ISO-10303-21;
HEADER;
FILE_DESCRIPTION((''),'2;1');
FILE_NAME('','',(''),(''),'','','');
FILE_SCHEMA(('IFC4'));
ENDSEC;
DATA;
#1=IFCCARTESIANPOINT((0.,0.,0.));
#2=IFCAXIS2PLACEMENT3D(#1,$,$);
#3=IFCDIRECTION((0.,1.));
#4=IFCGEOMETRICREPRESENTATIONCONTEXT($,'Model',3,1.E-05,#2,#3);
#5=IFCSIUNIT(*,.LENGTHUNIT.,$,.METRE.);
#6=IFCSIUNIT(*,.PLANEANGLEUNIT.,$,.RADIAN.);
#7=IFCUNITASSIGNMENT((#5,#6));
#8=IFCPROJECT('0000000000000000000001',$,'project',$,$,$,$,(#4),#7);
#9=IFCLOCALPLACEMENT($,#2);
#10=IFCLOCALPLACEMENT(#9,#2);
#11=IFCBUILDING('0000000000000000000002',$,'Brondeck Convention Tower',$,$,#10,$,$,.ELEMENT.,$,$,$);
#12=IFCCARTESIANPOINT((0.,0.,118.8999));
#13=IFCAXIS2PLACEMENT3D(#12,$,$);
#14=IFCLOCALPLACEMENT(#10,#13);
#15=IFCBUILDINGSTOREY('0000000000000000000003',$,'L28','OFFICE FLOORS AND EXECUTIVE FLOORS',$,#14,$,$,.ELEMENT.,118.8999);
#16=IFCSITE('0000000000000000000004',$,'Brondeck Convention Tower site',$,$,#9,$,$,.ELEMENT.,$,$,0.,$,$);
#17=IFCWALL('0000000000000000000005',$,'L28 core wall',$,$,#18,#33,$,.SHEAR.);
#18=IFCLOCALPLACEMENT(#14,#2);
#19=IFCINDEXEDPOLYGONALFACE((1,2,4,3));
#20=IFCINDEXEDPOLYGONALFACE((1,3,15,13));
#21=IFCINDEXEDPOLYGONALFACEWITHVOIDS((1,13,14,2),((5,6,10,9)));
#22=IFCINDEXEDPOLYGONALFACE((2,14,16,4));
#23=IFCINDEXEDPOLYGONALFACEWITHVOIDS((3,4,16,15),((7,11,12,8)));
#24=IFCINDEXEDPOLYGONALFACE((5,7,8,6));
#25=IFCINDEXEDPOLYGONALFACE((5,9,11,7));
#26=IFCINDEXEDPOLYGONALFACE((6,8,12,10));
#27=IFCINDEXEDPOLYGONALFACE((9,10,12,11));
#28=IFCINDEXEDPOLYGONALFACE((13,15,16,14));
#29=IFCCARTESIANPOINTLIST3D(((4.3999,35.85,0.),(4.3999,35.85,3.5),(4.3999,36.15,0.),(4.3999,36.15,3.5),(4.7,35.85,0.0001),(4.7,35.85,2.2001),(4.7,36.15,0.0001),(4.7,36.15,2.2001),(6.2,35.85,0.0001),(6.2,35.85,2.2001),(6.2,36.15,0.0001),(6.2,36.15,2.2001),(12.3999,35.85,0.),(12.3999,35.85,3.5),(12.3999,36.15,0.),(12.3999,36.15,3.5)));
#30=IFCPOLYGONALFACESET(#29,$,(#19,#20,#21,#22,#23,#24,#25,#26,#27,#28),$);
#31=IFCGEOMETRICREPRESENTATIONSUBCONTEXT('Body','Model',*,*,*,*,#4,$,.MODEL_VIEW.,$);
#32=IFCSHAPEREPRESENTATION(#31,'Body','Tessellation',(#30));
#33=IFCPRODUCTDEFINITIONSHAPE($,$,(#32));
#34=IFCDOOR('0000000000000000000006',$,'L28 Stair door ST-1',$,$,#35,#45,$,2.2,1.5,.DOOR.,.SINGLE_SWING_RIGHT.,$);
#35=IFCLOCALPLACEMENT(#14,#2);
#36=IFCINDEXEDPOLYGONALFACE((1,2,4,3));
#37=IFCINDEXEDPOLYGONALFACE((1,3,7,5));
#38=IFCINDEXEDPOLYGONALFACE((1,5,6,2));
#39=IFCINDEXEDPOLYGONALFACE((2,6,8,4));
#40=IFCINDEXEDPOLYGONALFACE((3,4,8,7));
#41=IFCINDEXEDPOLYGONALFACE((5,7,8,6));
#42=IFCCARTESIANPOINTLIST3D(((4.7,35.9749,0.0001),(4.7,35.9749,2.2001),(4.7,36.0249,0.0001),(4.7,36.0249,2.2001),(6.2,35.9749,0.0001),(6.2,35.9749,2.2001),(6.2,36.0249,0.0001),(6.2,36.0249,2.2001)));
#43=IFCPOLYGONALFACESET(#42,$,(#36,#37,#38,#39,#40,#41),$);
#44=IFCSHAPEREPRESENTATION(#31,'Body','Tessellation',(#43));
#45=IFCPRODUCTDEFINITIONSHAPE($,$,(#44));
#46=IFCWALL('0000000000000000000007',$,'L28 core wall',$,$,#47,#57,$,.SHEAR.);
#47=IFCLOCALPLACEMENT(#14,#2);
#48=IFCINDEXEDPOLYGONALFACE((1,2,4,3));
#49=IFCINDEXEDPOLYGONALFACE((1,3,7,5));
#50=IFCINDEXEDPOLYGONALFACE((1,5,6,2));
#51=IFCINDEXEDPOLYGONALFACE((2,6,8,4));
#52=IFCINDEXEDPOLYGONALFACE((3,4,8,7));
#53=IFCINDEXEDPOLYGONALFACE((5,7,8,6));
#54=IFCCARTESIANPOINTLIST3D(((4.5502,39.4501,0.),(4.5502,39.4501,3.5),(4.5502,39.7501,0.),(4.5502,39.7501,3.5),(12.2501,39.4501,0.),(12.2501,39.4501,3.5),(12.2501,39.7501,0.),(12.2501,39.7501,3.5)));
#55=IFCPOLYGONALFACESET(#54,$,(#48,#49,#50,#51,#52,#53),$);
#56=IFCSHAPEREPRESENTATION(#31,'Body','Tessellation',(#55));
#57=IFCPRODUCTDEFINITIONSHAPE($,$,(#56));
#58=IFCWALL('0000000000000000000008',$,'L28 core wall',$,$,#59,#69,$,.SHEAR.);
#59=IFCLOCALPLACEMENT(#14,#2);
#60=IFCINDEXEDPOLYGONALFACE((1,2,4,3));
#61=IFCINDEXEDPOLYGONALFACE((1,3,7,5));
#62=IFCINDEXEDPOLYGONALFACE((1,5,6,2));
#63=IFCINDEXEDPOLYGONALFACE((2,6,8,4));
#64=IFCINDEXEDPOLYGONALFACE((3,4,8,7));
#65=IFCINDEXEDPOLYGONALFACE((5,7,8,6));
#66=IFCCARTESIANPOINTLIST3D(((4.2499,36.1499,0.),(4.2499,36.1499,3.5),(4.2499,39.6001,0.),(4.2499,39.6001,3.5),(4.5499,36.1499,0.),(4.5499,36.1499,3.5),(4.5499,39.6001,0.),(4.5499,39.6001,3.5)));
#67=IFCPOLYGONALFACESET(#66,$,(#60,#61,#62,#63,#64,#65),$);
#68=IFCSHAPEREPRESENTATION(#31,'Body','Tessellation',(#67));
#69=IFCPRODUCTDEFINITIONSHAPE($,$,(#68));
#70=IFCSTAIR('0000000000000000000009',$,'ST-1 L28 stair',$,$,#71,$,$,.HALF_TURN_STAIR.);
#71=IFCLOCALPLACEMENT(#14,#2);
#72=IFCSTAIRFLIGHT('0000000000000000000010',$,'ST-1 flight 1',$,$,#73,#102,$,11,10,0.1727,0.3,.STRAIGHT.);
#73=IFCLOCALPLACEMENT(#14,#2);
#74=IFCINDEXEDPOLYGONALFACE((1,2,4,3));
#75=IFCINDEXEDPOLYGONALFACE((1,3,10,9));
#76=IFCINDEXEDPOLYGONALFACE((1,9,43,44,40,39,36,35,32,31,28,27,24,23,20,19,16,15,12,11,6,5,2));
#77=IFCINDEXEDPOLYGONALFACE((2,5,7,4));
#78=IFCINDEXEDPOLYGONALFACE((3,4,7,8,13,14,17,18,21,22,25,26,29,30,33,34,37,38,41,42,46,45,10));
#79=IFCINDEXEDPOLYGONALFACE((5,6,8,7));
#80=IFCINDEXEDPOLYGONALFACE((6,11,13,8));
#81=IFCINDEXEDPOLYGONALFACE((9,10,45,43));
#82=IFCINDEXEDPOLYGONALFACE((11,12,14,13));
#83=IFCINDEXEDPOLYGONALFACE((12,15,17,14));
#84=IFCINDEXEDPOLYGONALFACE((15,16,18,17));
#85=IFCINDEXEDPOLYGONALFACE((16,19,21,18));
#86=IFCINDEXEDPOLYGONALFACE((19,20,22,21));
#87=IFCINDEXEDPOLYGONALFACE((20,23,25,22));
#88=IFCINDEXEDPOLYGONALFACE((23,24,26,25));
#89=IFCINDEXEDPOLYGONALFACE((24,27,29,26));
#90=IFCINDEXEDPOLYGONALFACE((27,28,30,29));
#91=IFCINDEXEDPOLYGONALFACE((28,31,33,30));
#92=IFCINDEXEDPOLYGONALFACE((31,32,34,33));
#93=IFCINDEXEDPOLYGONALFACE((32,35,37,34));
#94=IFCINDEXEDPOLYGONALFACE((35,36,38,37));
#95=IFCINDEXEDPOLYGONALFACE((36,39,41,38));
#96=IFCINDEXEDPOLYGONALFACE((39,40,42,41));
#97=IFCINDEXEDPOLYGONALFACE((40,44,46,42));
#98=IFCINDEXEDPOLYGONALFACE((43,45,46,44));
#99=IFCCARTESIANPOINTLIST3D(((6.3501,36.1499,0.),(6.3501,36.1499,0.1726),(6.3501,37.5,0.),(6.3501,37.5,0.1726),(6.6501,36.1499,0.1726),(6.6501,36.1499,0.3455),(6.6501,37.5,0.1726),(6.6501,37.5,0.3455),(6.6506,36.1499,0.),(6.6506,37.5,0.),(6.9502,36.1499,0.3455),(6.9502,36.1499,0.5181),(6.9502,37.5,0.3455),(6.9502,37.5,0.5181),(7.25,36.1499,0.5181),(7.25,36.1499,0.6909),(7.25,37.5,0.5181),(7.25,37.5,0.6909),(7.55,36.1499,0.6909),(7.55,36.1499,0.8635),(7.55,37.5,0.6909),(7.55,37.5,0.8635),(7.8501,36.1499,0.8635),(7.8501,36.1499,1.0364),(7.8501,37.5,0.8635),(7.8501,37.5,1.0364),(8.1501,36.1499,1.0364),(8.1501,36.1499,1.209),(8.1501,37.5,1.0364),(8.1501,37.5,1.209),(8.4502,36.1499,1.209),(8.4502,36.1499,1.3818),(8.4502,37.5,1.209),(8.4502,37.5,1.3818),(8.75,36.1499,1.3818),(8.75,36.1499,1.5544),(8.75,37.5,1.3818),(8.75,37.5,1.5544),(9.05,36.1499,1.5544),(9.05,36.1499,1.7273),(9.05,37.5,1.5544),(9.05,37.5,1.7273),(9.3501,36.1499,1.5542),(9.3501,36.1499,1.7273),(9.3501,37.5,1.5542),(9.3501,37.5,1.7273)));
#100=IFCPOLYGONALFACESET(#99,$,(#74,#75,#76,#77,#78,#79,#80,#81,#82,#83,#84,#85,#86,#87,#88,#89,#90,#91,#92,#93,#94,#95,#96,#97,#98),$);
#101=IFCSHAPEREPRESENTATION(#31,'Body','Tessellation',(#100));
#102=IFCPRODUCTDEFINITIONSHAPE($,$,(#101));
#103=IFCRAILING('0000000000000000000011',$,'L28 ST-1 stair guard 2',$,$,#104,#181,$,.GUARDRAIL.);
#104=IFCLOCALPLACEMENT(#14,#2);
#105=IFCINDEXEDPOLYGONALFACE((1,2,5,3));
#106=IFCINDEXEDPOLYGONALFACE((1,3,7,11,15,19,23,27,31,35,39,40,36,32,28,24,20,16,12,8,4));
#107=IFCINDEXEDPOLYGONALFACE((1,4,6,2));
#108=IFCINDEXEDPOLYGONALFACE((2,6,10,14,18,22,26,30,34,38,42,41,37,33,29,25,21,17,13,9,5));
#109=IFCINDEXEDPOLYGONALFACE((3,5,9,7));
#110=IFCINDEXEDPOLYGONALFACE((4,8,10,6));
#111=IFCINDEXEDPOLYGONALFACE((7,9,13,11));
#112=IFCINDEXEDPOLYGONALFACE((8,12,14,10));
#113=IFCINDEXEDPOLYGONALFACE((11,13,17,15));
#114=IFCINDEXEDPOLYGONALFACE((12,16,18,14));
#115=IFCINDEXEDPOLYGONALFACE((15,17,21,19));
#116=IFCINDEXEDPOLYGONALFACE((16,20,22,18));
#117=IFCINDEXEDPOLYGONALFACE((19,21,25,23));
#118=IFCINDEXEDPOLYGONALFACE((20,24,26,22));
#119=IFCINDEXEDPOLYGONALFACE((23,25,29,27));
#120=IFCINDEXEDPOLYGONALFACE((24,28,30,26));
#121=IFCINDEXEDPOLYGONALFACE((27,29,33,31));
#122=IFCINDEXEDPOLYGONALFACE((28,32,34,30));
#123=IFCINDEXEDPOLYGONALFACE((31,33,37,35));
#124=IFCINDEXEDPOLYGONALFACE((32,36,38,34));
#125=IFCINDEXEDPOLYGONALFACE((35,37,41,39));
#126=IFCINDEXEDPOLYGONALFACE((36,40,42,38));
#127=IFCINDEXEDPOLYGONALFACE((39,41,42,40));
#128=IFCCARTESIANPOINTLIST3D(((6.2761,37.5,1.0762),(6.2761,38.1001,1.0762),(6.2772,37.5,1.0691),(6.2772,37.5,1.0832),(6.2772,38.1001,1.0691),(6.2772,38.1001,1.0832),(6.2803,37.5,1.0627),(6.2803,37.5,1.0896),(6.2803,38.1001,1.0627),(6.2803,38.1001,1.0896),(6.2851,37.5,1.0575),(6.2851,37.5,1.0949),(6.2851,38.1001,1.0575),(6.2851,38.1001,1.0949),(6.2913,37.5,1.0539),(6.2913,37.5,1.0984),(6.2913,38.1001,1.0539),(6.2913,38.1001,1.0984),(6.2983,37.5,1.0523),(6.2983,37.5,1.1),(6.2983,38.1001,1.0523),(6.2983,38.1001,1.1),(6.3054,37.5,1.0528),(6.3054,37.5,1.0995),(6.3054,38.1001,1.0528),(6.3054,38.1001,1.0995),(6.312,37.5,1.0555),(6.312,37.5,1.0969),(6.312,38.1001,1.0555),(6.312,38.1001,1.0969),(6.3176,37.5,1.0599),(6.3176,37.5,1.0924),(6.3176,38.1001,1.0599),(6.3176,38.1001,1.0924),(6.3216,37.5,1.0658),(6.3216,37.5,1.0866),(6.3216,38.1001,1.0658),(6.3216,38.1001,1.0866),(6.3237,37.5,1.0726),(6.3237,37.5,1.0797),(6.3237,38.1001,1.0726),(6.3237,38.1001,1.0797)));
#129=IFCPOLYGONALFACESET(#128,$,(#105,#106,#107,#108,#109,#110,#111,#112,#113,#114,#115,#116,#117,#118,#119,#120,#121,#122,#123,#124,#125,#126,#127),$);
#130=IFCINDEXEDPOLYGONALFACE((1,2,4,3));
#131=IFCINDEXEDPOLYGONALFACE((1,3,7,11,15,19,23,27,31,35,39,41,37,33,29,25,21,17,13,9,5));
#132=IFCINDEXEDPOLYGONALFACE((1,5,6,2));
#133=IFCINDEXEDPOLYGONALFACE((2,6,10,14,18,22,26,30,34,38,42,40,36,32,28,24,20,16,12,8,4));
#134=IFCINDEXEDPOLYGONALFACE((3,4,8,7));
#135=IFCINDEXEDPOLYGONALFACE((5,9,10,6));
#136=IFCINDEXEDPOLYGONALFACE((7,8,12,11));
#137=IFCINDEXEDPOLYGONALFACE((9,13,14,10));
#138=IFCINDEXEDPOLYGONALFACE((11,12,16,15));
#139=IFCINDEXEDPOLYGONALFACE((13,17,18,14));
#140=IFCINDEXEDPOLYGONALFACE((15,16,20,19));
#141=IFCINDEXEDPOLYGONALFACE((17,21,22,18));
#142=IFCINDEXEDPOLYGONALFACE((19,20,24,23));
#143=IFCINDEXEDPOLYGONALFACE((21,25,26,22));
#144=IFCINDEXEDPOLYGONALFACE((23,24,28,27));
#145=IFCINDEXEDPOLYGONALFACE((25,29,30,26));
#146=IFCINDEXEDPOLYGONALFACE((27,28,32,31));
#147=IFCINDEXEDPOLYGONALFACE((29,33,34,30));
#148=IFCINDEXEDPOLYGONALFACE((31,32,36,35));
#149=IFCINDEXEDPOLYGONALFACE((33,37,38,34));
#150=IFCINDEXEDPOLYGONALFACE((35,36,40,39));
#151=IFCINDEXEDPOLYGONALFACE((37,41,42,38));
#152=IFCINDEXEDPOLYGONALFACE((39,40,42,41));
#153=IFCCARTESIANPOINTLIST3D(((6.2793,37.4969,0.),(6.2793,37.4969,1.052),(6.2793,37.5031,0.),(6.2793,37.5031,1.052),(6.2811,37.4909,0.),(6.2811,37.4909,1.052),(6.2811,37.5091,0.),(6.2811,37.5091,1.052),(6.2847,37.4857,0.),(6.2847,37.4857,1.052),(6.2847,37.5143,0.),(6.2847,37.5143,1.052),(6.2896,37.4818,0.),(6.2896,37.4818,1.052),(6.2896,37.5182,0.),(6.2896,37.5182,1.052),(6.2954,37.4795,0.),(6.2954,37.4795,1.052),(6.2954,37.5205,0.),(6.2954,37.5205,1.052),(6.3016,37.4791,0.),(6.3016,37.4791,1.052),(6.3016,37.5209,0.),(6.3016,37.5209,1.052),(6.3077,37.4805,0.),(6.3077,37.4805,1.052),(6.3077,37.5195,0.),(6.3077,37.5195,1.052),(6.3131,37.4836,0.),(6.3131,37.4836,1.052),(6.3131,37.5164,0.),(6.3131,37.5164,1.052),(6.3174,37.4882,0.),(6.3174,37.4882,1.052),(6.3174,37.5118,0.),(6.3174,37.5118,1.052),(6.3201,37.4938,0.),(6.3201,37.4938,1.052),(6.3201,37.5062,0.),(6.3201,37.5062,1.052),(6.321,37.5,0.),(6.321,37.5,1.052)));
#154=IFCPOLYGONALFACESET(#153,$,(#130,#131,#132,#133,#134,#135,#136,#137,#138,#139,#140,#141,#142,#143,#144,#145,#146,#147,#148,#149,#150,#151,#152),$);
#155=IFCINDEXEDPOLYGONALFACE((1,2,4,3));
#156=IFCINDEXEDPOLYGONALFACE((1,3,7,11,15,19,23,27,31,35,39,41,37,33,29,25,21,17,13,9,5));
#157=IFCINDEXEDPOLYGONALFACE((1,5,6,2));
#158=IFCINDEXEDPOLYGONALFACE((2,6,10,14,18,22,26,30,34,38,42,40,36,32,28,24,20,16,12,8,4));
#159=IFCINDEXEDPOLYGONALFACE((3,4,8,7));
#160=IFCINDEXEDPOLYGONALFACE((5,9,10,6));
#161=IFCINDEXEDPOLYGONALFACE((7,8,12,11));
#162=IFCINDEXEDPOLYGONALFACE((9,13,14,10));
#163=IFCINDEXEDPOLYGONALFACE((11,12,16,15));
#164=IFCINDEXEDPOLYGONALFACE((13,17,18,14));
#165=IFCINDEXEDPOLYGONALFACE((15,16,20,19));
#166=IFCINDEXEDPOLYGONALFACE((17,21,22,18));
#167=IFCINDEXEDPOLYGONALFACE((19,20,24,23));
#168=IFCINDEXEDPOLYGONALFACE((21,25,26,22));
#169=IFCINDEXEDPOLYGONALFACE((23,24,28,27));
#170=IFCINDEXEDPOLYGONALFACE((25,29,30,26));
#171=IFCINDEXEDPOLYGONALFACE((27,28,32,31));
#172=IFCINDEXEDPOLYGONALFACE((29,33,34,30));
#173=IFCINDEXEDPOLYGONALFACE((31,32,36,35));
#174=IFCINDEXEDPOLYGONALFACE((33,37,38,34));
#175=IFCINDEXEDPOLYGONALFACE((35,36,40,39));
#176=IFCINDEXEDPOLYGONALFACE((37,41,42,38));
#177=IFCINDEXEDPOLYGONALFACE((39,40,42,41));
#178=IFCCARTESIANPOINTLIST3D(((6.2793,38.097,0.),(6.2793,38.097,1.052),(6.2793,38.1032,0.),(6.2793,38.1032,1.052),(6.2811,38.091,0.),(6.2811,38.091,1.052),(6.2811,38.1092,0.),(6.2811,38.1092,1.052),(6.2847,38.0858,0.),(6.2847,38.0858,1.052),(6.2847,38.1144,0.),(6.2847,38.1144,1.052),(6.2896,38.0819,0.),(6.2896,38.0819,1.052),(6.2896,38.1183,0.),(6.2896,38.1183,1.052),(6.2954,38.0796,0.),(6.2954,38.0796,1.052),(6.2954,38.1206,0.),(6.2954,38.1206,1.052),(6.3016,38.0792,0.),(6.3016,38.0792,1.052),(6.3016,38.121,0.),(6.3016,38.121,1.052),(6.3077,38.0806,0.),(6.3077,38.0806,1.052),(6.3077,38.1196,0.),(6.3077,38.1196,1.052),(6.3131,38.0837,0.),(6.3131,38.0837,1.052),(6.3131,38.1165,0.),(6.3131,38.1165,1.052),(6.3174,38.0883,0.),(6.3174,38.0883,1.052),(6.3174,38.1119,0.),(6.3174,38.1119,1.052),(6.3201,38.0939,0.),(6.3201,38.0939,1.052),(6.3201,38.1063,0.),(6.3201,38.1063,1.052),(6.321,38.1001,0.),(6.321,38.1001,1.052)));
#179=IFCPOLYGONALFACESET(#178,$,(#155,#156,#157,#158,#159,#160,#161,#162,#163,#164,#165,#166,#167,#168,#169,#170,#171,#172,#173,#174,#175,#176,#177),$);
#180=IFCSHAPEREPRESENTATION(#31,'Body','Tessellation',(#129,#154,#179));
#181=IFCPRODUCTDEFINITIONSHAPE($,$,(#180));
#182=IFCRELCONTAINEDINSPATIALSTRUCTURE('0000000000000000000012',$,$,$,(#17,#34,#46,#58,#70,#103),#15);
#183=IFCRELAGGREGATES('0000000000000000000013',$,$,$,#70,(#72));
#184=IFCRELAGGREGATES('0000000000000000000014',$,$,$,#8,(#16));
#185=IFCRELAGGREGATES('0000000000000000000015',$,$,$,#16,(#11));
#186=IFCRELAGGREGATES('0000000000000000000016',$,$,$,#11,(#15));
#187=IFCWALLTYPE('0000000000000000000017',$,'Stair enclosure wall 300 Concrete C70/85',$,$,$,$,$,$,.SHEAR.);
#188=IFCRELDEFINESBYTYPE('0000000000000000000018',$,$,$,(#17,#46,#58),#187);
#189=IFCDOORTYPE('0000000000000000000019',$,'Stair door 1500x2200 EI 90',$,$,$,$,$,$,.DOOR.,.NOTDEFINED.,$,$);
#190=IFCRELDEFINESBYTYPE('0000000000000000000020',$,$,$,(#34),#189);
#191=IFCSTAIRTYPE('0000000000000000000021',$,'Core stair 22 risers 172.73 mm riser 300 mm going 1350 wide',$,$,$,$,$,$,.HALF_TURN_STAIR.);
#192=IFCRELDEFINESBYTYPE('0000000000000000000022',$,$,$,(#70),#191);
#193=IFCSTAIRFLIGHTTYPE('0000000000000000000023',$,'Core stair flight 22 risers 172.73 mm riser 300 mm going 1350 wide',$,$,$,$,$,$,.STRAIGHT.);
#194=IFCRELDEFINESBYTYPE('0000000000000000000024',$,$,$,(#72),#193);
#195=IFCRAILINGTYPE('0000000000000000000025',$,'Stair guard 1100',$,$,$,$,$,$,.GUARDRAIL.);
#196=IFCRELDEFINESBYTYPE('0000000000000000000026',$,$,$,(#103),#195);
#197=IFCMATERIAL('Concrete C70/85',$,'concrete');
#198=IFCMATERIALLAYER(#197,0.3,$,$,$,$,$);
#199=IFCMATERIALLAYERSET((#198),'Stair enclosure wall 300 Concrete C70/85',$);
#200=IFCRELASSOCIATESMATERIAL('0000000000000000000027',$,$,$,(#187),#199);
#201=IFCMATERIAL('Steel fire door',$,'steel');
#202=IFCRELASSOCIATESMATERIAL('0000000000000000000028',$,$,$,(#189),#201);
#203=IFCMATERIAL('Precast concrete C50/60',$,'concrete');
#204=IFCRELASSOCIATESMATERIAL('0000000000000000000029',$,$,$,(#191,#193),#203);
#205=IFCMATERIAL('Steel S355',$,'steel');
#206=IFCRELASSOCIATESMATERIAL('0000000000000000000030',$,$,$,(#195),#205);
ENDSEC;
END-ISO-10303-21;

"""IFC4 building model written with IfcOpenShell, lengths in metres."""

from ifc_helpers import new_model, si_unit, direction, frame, frame_2d, origin, origin_2d, place, context, subcontext, project, spatial, polyline, rectangle, circle, outline, extrude, material, layer, layer_set, type_object, element, fill, aggregate, save


model = new_model("IFC4")

# Units and contexts
model_context = context("Model", 3, precision=1e-05, world=origin(), true_north=direction((0.0, 1.0)))
body_context = subcontext(model_context, "Body", "Model", "MODEL_VIEW")
ifc_project = project(units=[si_unit("LENGTHUNIT", "METRE"), si_unit("PLANEANGLEUNIT", "RADIAN")], contexts=[model_context])

# Site, building, storey
site_placement = place(None, origin())
site = spatial("IfcSite", under=ifc_project, at=site_placement, Name="Brondeck Convention Tower site", CompositionType="ELEMENT", RefElevation=0.0)
building_placement = place(site_placement, origin())
building = spatial("IfcBuilding", under=site, at=building_placement, Name="Brondeck Convention Tower", CompositionType="ELEMENT")
storey_placement = place(building_placement, frame((0.0, 0.0, 118.8999)))
storey = spatial("IfcBuildingStorey", under=building, at=storey_placement, Name="L28", Description="OFFICE FLOORS AND EXECUTIVE FLOORS", CompositionType="ELEMENT", Elevation=118.8999)

# Shared definitions
ifc_material_1 = material(Name="Concrete C70/85", Category="concrete")

# Shared definitions
ifc_material_2 = material(Name="Steel fire door", Category="steel")

# Wall, opening, door
ifc_layer_1 = layer(ifc_material_1, 0.3)
ifc_layer_set_1 = layer_set([ifc_layer_1], Name="Stair enclosure wall 300 Concrete C70/85")
wall_type_1 = type_object("IfcWallType", Name="Stair enclosure wall 300 Concrete C70/85", PredefinedType="SHEAR", material=ifc_layer_set_1)
wall_1_placement = place(storey_placement, frame((4.3999, 36.0, 0.0), z_axis=(0.0, 0.0, 1.0), x_axis=(1.0, 0.0, 0.0)))
wall_1 = element("IfcWall", 1, at=wall_1_placement, inside=storey, type_object=wall_type_1, Name="L28 core wall", PredefinedType="SHEAR", context=body_context, shape_type="SweptSolid", body=[
    extrude(rectangle(XDim=8.0, YDim=0.3, at=frame_2d((4.0, 0.0))), origin(), (0.0, 0.0, 1.0), 3.5),
])
opening_1_placement = place(wall_1_placement, frame((0.3, 0.0, 0.0)))
opening_1 = element("IfcOpeningElement", 2, at=opening_1_placement, cuts=wall_1, PredefinedType="OPENING", context=body_context, shape_type="SweptSolid", body=[
    extrude(rectangle(XDim=1.5, YDim=2.2, at=frame_2d((0.75, 1.1001))), frame((0.0, 0.1599, 0.0), z_axis=(0.0, -1.0, 0.0), x_axis=(1.0, 0.0, 0.0)), (0.0, 0.0, 1.0), 0.3201),
])
door_type_1 = type_object("IfcDoorType", Name="Stair door 1500x2200 EI 90", OperationType="NOTDEFINED", PredefinedType="DOOR", material=ifc_material_2)
door_1_placement = place(opening_1_placement, origin())
door_1 = element("IfcDoor", 3, at=door_1_placement, inside=storey, type_object=door_type_1, Name="L28 Stair door ST-1", OperationType="SINGLE_SWING_RIGHT", OverallHeight=2.2, OverallWidth=1.5, PredefinedType="DOOR", context=body_context, shape_type="SweptSolid", body=[
    extrude(rectangle(XDim=1.5, YDim=2.2, at=frame_2d((0.75, 1.1001))), frame((0.0, 0.0249, 0.0), z_axis=(0.0, -1.0, 0.0), x_axis=(1.0, 0.0, 0.0)), (0.0, 0.0, 1.0), 0.05),
])
fill(opening_1, door_1)

# Walls
wall_2_placement = place(storey_placement, frame((4.55, 39.6001, 0.0), z_axis=(0.0, 0.0, 1.0), x_axis=(1.0, 0.0, 0.0)))
element("IfcWall", 4, at=wall_2_placement, inside=storey, type_object=wall_type_1, Name="L28 core wall", PredefinedType="SHEAR", context=body_context, shape_type="SweptSolid", body=[
    extrude(rectangle(XDim=7.7, YDim=0.3, at=frame_2d((3.8501, 0.0))), origin(), (0.0, 0.0, 1.0), 3.5),
])
wall_3_placement = place(storey_placement, frame((4.3999, 36.1499, 0.0), z_axis=(0.0, 0.0, 1.0), x_axis=(0.0, 1.0, 0.0)))
element("IfcWall", 5, at=wall_3_placement, inside=storey, type_object=wall_type_1, Name="L28 core wall", PredefinedType="SHEAR", context=body_context, shape_type="SweptSolid", body=[
    extrude(rectangle(XDim=3.4502, YDim=0.3, at=frame_2d((1.7251, 0.0))), origin(), (0.0, 0.0, 1.0), 3.5),
])

# Stair, stair flight
ifc_material_3 = material(Name="Precast concrete C50/60", Category="concrete")
stair_type = type_object("IfcStairType", Name="Core stair 22 risers 172.73 mm riser 300 mm going 1350 wide", PredefinedType="HALF_TURN_STAIR", material=ifc_material_3)
stair_placement = place(storey_placement, origin())
stair = element("IfcStair", 6, at=stair_placement, inside=storey, type_object=stair_type, Name="ST-1 L28 stair", PredefinedType="HALF_TURN_STAIR")
stair_flight_type = type_object("IfcStairFlightType", Name="Core stair flight 22 risers 172.73 mm riser 300 mm going 1350 wide", PredefinedType="STRAIGHT", material=ifc_material_3)
stair_flight_placement = place(storey_placement, frame((6.3501, 36.825, 0.0), z_axis=(0.0, 0.0, 1.0), x_axis=(1.0, 0.0, 0.0)))
stair_flight = element("IfcStairFlight", 7, at=stair_flight_placement, type_object=stair_flight_type, Name="ST-1 flight 1", NumberOfRisers=11, NumberOfTreads=10, PredefinedType="STRAIGHT", RiserHeight=0.1727, TreadLength=0.3, context=body_context, shape_type="SweptSolid", body=[
    extrude(outline(polyline([(0.0, 0.0), (0.0, 0.1726), (0.3, 0.1726), (0.3, 0.3455), (0.6001, 0.3455), (0.6001, 0.5181), (0.8999, 0.5181), (0.8999, 0.6909), (1.2, 0.6909), (1.2, 0.8635), (1.5, 0.8635), (1.5, 1.0364), (1.8, 1.0364), (1.8, 1.209), (2.1001, 1.209), (2.1001, 1.3818), (2.3999, 1.3818), (2.3999, 1.5544), (2.7, 1.5544), (2.7, 1.7273), (3.0, 1.7273), (3.0, 1.8999), (3.0, 1.5542), (0.3005, 0.0), (0.0, 0.0)])), frame((0.0, 0.675, 0.0), z_axis=(0.0, -1.0, 0.0), x_axis=(1.0, 0.0, 0.0)), (0.0, 0.0, 1.0), 1.3501),
])
aggregate(stair, [stair_flight])

# Railing
ifc_material_4 = material(Name="Steel S355", Category="steel")
railing_type_1 = type_object("IfcRailingType", Name="Stair guard 1100", PredefinedType="GUARDRAIL", material=ifc_material_4)
railing_1_placement = place(storey_placement, frame((6.3, 37.5, 0.0)))
element("IfcRailing", 8, at=railing_1_placement, inside=storey, type_object=railing_type_1, Name="L28 ST-1 stair guard 2", PredefinedType="GUARDRAIL", context=body_context, shape_type="SweptSolid", body=[
    extrude(circle(Radius=0.0239, at=origin_2d()), frame((0.0, 0.0, 1.0762), z_axis=(0.0, 1.0, 0.0), x_axis=(-1.0, 0.0, 0.0)), (0.0, 0.0, 1.0), 0.6001),
    extrude(circle(Radius=0.021, at=origin_2d()), origin(), (0.0, 0.0, 1.0), 1.052),
    extrude(circle(Radius=0.021, at=origin_2d()), frame((0.0, 0.6001, 0.0)), (0.0, 0.0, 1.0), 1.052),
])

save(model, "model.ifc")
